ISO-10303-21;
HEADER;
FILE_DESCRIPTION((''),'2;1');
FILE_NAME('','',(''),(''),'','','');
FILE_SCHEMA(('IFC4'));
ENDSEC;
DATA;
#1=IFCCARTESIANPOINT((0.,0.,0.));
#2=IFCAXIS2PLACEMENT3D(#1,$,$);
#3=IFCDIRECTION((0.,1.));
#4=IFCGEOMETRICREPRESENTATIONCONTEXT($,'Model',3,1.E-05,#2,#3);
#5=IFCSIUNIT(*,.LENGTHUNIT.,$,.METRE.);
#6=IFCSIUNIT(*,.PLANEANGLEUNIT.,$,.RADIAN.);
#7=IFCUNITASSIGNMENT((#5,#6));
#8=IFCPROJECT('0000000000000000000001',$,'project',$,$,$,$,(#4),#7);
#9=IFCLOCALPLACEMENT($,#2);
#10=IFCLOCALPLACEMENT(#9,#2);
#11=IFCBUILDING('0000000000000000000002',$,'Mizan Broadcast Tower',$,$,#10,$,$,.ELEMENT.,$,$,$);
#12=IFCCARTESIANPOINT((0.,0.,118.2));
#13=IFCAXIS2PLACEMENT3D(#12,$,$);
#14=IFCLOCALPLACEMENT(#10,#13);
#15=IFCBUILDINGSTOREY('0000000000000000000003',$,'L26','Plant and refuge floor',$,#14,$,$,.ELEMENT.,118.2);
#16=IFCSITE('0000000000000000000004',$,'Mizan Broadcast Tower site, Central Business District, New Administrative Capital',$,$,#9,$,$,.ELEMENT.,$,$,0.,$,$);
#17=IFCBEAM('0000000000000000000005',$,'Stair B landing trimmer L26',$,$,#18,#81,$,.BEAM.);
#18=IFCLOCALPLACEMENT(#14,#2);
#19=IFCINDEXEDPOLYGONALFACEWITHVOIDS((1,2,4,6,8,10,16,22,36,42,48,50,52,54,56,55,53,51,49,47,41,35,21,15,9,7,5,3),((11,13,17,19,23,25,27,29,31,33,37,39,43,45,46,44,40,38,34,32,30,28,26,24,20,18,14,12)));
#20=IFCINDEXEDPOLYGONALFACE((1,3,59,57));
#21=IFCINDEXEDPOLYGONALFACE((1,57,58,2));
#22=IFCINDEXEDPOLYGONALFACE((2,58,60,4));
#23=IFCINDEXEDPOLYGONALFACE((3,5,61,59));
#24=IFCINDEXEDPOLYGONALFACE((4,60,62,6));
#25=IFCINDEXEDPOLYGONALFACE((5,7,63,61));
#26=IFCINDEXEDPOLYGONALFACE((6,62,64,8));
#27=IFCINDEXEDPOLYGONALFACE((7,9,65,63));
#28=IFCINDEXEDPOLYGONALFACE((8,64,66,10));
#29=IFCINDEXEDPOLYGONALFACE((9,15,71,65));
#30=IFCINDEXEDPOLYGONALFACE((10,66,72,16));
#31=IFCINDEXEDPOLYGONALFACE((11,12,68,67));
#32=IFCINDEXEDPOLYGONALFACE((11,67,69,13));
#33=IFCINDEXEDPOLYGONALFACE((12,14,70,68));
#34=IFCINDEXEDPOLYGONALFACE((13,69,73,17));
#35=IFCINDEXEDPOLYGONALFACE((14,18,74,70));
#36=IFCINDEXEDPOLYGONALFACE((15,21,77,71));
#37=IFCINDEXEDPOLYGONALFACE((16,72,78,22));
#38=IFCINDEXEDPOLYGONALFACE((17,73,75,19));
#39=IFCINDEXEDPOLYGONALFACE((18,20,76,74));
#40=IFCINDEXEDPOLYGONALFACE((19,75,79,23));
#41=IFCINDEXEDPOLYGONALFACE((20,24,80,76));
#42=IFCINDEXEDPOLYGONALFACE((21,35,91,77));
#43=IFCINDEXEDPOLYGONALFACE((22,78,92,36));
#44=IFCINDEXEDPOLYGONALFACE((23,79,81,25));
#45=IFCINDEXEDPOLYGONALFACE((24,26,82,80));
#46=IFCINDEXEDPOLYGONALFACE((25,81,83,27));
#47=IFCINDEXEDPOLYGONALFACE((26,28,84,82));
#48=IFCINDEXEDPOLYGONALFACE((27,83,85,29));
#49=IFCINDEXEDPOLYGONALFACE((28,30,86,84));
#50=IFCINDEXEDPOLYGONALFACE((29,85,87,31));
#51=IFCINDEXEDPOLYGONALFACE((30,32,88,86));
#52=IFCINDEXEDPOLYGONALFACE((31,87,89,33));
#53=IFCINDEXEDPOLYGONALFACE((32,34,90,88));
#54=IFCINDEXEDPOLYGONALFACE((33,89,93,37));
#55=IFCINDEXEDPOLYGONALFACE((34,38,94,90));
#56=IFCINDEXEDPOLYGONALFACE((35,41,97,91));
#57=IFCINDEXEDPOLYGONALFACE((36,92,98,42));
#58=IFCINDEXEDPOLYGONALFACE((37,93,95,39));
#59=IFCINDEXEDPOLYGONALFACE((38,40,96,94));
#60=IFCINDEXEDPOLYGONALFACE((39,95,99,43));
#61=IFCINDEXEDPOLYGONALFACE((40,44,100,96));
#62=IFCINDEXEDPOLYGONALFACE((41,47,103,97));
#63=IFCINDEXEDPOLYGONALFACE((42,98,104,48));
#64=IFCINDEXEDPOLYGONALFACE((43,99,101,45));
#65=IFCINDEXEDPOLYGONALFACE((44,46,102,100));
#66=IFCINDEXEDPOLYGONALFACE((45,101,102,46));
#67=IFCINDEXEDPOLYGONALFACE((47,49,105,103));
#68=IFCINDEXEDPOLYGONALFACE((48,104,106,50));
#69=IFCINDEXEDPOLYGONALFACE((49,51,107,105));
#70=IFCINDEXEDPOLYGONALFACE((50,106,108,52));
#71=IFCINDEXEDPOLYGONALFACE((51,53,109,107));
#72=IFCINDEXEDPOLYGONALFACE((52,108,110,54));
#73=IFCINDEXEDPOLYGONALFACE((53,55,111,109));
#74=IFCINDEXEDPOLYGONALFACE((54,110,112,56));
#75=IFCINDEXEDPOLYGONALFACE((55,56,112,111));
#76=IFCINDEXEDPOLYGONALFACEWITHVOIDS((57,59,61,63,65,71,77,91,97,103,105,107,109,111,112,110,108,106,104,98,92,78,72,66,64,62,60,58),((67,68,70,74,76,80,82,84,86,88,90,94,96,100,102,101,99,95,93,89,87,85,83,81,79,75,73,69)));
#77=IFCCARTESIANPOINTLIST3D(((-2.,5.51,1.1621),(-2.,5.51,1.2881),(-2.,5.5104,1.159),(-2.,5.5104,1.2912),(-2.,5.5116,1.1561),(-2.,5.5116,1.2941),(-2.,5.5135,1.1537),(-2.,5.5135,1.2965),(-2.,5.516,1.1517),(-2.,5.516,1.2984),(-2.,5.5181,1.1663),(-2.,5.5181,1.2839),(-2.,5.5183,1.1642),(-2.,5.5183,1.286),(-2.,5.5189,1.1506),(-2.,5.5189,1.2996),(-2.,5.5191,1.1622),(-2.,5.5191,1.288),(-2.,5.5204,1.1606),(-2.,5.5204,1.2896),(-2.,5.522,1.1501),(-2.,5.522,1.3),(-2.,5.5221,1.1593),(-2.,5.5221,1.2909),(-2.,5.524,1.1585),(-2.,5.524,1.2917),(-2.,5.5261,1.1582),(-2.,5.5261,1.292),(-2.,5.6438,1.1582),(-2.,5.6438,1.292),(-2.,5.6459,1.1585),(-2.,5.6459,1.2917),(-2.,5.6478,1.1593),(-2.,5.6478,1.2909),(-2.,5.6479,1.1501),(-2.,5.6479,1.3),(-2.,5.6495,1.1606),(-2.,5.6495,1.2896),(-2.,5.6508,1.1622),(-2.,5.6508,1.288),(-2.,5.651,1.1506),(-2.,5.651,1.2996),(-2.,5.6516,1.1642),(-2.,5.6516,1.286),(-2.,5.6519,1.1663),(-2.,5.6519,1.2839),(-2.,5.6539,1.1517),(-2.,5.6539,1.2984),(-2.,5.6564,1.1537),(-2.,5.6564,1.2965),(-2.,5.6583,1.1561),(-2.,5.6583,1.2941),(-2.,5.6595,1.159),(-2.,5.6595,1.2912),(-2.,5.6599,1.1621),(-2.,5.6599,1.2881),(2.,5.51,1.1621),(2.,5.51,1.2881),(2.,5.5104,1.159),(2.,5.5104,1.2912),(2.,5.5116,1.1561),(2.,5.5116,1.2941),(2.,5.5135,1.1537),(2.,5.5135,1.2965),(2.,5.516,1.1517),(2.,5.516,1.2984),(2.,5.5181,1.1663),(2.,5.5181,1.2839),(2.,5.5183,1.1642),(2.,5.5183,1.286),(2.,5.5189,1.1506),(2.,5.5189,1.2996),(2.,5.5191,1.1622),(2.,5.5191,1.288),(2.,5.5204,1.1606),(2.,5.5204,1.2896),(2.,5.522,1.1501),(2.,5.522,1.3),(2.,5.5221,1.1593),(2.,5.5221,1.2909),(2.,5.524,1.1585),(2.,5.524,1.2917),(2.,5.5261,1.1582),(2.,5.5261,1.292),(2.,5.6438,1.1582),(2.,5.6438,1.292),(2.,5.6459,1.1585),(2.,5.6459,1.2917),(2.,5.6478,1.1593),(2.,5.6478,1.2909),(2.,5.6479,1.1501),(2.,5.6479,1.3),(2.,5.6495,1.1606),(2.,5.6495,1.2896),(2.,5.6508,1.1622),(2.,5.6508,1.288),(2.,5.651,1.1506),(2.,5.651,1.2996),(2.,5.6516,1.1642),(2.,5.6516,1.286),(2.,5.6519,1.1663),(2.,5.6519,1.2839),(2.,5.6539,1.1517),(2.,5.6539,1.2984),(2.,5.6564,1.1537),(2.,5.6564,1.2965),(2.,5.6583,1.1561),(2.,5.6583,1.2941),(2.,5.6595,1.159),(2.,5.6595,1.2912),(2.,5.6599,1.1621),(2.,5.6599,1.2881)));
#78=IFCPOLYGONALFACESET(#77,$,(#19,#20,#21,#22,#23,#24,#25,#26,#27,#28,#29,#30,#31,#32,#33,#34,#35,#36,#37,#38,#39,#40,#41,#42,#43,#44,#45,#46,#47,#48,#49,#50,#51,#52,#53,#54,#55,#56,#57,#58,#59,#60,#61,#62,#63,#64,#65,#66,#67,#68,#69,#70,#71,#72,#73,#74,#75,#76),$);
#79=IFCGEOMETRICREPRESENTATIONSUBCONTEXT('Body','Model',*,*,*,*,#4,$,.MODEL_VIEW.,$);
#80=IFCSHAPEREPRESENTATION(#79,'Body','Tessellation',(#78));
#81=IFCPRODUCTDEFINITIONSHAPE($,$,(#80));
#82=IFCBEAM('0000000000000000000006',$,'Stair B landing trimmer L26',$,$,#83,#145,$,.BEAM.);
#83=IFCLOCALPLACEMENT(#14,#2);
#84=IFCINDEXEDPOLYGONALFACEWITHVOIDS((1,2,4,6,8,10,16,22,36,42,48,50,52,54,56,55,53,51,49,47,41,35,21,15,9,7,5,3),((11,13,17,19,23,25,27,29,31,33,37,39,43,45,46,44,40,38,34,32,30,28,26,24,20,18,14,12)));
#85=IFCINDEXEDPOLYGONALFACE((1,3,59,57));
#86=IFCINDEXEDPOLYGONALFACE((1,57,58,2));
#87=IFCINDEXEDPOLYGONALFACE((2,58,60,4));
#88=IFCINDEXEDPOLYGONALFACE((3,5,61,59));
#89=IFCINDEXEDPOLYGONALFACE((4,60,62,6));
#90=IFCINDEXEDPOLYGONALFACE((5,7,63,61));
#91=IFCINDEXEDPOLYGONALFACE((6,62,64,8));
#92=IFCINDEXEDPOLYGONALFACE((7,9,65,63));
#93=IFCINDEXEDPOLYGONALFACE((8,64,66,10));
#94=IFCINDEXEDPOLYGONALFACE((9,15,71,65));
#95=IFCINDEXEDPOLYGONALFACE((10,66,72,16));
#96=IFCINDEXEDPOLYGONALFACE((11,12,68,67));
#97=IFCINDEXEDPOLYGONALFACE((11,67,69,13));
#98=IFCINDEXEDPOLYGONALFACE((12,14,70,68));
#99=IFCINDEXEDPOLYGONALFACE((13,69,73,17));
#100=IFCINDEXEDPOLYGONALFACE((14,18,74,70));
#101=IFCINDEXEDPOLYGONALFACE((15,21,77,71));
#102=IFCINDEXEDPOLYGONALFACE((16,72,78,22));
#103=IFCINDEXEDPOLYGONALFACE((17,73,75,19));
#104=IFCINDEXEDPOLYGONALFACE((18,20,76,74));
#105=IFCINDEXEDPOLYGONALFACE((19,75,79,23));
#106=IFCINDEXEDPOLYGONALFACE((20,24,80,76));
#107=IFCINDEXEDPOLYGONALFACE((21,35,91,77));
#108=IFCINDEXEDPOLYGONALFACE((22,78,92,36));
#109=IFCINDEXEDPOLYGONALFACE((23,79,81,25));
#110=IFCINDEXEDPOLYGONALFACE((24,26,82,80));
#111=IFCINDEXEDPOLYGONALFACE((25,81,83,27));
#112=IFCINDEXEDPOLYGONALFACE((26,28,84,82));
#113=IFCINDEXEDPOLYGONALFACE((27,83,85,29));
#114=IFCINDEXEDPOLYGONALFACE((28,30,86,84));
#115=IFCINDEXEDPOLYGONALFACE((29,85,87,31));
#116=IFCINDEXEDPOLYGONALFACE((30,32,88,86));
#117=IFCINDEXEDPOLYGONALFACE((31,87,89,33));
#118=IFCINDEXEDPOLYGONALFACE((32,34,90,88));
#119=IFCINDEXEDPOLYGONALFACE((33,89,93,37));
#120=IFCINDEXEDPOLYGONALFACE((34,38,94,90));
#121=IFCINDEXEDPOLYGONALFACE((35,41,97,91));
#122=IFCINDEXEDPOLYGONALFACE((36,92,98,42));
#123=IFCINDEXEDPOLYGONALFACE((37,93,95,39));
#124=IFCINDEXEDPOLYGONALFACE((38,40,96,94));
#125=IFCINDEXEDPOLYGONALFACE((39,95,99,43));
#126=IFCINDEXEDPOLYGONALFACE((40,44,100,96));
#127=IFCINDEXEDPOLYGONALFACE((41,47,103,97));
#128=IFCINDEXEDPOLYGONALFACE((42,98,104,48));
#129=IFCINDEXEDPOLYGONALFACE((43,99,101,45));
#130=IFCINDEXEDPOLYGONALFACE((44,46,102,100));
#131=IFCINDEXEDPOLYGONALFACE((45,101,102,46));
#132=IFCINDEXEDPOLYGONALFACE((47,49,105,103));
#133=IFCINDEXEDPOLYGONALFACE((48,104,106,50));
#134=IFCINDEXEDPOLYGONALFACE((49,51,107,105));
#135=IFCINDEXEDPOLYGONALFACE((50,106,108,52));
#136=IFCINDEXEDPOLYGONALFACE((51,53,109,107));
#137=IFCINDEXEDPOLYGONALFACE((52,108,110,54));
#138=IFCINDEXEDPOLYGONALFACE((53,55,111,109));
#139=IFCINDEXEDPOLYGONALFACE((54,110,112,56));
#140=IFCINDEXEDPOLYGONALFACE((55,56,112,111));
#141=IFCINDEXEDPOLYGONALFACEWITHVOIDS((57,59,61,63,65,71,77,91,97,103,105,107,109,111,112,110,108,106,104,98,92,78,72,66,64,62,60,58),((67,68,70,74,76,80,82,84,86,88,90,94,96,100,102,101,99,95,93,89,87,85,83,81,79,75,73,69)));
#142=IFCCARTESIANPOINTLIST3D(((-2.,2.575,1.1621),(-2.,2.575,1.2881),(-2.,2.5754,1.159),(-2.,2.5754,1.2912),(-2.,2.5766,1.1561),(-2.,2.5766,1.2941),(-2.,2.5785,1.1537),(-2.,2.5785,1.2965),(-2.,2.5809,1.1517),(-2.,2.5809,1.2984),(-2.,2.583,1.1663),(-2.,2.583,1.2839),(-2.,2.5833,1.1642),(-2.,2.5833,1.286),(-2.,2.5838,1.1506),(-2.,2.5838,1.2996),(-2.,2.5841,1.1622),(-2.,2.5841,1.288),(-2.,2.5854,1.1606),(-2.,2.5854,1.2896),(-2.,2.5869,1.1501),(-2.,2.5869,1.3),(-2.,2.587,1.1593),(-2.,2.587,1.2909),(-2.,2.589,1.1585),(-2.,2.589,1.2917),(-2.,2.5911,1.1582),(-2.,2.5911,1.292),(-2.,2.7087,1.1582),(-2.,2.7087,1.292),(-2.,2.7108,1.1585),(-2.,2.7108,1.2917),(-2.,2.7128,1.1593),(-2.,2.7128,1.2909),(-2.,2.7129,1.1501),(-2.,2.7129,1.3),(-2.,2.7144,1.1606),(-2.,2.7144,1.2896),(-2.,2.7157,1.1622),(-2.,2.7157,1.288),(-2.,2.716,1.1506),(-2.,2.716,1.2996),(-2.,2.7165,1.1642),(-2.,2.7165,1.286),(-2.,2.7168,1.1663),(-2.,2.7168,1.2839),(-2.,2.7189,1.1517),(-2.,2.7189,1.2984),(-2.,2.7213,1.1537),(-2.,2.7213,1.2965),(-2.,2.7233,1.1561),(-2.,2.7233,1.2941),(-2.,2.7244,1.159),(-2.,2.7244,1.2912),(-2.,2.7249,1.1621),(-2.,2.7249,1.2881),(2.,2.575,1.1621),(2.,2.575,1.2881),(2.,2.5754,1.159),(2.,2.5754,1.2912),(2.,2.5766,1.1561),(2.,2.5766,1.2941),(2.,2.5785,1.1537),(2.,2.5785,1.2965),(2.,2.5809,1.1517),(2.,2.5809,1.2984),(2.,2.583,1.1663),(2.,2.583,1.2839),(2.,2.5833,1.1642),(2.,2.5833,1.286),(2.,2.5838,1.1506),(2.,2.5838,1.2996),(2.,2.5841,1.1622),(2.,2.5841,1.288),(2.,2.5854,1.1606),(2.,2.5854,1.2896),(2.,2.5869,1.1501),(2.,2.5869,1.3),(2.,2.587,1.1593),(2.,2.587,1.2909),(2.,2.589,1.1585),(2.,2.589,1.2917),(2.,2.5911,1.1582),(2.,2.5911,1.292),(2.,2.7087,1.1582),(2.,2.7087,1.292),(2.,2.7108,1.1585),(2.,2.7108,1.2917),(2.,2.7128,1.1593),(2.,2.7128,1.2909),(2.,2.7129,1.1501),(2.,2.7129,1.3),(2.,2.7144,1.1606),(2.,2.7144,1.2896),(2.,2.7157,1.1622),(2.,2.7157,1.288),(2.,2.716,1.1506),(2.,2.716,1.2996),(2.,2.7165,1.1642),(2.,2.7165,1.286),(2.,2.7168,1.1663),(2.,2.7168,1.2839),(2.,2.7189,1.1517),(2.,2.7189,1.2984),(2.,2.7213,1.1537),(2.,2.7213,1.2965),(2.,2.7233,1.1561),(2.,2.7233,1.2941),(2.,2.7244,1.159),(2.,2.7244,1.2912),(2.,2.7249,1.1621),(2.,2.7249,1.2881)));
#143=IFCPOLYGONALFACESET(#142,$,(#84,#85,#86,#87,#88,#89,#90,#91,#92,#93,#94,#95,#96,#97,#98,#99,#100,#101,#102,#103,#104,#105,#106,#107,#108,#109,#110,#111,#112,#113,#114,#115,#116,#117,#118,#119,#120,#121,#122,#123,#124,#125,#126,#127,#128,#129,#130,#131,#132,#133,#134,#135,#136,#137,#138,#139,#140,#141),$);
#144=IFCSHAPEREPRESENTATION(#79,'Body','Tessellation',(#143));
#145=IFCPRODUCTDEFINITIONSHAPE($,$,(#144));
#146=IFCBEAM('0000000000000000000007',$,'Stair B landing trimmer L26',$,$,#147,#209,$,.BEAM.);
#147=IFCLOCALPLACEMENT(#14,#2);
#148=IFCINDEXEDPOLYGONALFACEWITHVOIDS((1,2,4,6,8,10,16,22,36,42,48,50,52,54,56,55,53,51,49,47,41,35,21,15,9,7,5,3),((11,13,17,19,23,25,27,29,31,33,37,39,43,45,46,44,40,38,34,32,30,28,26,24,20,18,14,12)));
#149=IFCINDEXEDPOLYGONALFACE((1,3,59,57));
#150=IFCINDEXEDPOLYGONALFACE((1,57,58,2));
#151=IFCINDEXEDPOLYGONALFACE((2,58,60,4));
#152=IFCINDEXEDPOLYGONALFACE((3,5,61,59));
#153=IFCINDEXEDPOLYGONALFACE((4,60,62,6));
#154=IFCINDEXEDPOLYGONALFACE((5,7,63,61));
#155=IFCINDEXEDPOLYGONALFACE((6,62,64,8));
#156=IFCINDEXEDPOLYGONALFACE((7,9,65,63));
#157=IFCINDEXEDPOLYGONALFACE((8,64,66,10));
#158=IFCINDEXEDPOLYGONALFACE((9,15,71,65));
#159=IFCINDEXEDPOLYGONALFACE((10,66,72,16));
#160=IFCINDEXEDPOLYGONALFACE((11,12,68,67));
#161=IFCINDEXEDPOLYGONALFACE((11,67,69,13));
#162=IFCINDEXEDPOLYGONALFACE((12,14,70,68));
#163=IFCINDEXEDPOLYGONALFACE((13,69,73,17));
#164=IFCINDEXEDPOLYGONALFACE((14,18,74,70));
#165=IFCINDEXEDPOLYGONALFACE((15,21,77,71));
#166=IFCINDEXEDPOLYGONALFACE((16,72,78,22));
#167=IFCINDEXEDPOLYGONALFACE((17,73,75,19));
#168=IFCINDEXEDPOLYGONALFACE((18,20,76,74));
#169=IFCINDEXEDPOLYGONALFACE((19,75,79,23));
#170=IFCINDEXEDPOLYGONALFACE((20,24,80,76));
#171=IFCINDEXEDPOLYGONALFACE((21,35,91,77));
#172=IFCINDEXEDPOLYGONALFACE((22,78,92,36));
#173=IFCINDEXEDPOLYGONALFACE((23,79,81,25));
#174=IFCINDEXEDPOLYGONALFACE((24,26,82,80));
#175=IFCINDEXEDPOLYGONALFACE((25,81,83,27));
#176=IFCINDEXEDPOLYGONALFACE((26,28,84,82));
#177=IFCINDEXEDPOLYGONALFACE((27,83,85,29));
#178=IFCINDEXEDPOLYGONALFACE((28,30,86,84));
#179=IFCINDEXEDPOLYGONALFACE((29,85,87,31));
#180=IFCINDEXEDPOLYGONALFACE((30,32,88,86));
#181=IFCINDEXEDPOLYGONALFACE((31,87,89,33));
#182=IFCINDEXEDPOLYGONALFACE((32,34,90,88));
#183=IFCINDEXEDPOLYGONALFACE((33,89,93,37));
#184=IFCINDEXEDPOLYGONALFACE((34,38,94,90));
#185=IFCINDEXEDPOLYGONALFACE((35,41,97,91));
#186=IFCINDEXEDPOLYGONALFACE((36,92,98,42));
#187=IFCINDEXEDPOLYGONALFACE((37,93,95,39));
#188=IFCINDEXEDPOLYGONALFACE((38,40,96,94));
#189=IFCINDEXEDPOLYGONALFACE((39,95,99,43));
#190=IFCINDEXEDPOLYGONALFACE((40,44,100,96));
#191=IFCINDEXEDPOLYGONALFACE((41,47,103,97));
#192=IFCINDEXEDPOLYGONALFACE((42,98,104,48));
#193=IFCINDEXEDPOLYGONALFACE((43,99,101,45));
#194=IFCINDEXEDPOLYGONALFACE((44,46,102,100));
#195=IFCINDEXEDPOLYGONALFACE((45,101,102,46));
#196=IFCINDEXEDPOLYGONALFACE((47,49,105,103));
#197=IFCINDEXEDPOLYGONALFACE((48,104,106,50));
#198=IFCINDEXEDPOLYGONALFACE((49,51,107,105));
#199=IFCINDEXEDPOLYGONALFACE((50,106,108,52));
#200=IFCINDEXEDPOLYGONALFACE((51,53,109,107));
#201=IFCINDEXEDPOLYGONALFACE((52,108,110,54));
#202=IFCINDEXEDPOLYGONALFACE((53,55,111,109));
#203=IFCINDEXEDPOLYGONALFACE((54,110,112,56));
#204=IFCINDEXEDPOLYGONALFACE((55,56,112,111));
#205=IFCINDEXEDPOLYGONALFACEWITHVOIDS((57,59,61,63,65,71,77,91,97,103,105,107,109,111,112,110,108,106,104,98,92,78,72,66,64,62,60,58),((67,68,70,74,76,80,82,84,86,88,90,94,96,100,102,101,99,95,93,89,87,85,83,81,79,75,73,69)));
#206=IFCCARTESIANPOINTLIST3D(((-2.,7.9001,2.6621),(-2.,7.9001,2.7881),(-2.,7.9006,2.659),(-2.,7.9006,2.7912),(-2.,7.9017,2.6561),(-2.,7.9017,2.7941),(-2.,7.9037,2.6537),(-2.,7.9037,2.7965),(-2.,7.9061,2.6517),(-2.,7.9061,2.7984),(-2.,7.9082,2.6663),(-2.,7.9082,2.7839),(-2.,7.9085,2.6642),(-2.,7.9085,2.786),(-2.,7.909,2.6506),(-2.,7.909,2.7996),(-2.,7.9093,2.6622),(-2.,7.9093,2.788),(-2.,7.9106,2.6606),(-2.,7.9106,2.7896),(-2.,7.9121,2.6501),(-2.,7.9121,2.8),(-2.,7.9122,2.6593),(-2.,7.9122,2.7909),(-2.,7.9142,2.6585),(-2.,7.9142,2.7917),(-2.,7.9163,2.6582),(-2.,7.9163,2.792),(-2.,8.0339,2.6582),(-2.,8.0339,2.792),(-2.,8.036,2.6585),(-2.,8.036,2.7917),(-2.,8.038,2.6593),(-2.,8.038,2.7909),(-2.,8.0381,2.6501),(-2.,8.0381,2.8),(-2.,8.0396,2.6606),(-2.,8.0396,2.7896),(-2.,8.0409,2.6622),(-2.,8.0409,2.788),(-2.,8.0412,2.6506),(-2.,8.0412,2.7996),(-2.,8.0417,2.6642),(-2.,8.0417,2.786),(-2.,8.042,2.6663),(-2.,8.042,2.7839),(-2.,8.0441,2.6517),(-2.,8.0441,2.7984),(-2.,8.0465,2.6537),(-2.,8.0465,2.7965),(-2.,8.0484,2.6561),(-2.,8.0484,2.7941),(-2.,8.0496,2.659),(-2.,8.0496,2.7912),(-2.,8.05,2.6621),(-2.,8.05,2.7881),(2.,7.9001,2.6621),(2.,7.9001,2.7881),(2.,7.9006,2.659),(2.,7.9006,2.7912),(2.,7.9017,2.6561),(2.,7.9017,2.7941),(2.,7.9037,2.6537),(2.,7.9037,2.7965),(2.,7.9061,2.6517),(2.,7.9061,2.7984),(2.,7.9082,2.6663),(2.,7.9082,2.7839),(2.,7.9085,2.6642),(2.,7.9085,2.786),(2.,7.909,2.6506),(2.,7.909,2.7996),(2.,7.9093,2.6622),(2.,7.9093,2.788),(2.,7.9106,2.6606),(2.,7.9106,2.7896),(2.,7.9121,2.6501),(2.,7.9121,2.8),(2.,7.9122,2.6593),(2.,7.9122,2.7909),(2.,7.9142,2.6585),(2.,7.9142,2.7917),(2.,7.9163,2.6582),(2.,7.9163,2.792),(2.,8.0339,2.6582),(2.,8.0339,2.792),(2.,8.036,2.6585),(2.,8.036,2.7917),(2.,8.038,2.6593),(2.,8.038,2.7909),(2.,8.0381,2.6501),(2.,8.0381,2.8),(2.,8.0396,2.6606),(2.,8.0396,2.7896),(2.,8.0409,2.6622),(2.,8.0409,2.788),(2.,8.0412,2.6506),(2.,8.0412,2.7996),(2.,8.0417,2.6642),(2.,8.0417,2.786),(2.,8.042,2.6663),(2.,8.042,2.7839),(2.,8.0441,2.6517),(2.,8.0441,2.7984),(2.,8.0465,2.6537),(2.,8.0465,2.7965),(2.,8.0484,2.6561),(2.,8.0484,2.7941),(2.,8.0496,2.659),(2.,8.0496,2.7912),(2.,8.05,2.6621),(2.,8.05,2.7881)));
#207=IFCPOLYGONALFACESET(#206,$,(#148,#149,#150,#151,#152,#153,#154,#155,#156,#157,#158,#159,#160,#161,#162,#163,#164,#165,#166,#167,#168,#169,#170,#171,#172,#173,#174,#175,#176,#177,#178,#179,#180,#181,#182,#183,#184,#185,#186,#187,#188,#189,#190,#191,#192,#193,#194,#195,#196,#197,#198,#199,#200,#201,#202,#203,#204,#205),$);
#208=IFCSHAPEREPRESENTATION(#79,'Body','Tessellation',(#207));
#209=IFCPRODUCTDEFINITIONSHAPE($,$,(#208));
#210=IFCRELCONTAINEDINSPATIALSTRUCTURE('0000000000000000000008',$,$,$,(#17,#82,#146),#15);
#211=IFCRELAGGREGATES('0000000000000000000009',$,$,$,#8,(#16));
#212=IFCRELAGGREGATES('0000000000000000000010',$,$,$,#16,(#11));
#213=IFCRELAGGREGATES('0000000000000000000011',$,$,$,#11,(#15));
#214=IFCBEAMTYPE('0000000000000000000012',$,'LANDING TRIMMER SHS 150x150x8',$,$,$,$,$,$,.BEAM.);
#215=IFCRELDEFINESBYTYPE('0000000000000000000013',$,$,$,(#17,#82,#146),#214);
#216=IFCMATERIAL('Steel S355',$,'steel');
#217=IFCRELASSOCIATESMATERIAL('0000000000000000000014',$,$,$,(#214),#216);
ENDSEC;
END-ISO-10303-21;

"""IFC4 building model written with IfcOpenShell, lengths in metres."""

from ifc_helpers import new_model, si_unit, direction, frame, origin, origin_2d, place, context, subcontext, project, spatial, hollow_rectangle, extrude, material, material_profile, profile_set, type_object, element, save


model = new_model("IFC4")

# Units and contexts
model_context = context("Model", 3, precision=1e-05, world=origin(), true_north=direction((0.0, 1.0)))
body_context = subcontext(model_context, "Body", "Model", "MODEL_VIEW")
ifc_project = project(units=[si_unit("LENGTHUNIT", "METRE"), si_unit("PLANEANGLEUNIT", "RADIAN")], contexts=[model_context])

# Site, building, storey
site_placement = place(None, origin())
site = spatial("IfcSite", under=ifc_project, at=site_placement, Name="Mizan Broadcast Tower site, Central Business District, New Administrative Capital", CompositionType="ELEMENT", RefElevation=0.0)
building_placement = place(site_placement, origin())
building = spatial("IfcBuilding", under=site, at=building_placement, Name="Mizan Broadcast Tower", CompositionType="ELEMENT")
storey_placement = place(building_placement, frame((0.0, 0.0, 118.2)))
storey = spatial("IfcBuildingStorey", under=building, at=storey_placement, Name="L26", Description="Plant and refuge floor", CompositionType="ELEMENT", Elevation=118.2)

# Beams
ifc_material_1 = material(Name="Steel S355", Category="steel")
ifc_material_profile_1 = material_profile(ifc_material_1, hollow_rectangle(XDim=0.1499, YDim=0.1499, WallThickness=0.0081, InnerFilletRadius=0.0081, OuterFilletRadius=0.012, at=origin_2d()), Name="SHS 150x150x8")
ifc_profile_set_1 = profile_set([ifc_material_profile_1], Name="Steel S355")
beam_type = type_object("IfcBeamType", Name="LANDING TRIMMER SHS 150x150x8", PredefinedType="BEAM", material=ifc_profile_set_1)
for number, where, z_axis, x_axis, name in (
    (1, (2.0, 5.585, 1.2251), (-1.0, 0.0, 0.0), (0.0, -1.0, 0.0), "Stair B landing trimmer L26"),
    (2, (2.0, 2.6499, 1.2251), (-1.0, 0.0, 0.0), (0.0, -1.0, 0.0), "Stair B landing trimmer L26"),
    (3, (2.0, 7.9751, 2.7251), (-1.0, 0.0, 0.0), (0.0, -1.0, 0.0), "Stair B landing trimmer L26"),
):
    element("IfcBeam", number, at=place(storey_placement, frame(where, z_axis=z_axis, x_axis=x_axis)), inside=storey, type_object=beam_type, Name=name, PredefinedType="BEAM", context=body_context, shape_type="SweptSolid", body=[
        extrude(hollow_rectangle(XDim=0.1499, YDim=0.1499, WallThickness=0.0081, InnerFilletRadius=0.0081, OuterFilletRadius=0.012, at=origin_2d()), origin(), (0.0, 0.0, 1.0), 4.0),
    ])

save(model, "model.ifc")
